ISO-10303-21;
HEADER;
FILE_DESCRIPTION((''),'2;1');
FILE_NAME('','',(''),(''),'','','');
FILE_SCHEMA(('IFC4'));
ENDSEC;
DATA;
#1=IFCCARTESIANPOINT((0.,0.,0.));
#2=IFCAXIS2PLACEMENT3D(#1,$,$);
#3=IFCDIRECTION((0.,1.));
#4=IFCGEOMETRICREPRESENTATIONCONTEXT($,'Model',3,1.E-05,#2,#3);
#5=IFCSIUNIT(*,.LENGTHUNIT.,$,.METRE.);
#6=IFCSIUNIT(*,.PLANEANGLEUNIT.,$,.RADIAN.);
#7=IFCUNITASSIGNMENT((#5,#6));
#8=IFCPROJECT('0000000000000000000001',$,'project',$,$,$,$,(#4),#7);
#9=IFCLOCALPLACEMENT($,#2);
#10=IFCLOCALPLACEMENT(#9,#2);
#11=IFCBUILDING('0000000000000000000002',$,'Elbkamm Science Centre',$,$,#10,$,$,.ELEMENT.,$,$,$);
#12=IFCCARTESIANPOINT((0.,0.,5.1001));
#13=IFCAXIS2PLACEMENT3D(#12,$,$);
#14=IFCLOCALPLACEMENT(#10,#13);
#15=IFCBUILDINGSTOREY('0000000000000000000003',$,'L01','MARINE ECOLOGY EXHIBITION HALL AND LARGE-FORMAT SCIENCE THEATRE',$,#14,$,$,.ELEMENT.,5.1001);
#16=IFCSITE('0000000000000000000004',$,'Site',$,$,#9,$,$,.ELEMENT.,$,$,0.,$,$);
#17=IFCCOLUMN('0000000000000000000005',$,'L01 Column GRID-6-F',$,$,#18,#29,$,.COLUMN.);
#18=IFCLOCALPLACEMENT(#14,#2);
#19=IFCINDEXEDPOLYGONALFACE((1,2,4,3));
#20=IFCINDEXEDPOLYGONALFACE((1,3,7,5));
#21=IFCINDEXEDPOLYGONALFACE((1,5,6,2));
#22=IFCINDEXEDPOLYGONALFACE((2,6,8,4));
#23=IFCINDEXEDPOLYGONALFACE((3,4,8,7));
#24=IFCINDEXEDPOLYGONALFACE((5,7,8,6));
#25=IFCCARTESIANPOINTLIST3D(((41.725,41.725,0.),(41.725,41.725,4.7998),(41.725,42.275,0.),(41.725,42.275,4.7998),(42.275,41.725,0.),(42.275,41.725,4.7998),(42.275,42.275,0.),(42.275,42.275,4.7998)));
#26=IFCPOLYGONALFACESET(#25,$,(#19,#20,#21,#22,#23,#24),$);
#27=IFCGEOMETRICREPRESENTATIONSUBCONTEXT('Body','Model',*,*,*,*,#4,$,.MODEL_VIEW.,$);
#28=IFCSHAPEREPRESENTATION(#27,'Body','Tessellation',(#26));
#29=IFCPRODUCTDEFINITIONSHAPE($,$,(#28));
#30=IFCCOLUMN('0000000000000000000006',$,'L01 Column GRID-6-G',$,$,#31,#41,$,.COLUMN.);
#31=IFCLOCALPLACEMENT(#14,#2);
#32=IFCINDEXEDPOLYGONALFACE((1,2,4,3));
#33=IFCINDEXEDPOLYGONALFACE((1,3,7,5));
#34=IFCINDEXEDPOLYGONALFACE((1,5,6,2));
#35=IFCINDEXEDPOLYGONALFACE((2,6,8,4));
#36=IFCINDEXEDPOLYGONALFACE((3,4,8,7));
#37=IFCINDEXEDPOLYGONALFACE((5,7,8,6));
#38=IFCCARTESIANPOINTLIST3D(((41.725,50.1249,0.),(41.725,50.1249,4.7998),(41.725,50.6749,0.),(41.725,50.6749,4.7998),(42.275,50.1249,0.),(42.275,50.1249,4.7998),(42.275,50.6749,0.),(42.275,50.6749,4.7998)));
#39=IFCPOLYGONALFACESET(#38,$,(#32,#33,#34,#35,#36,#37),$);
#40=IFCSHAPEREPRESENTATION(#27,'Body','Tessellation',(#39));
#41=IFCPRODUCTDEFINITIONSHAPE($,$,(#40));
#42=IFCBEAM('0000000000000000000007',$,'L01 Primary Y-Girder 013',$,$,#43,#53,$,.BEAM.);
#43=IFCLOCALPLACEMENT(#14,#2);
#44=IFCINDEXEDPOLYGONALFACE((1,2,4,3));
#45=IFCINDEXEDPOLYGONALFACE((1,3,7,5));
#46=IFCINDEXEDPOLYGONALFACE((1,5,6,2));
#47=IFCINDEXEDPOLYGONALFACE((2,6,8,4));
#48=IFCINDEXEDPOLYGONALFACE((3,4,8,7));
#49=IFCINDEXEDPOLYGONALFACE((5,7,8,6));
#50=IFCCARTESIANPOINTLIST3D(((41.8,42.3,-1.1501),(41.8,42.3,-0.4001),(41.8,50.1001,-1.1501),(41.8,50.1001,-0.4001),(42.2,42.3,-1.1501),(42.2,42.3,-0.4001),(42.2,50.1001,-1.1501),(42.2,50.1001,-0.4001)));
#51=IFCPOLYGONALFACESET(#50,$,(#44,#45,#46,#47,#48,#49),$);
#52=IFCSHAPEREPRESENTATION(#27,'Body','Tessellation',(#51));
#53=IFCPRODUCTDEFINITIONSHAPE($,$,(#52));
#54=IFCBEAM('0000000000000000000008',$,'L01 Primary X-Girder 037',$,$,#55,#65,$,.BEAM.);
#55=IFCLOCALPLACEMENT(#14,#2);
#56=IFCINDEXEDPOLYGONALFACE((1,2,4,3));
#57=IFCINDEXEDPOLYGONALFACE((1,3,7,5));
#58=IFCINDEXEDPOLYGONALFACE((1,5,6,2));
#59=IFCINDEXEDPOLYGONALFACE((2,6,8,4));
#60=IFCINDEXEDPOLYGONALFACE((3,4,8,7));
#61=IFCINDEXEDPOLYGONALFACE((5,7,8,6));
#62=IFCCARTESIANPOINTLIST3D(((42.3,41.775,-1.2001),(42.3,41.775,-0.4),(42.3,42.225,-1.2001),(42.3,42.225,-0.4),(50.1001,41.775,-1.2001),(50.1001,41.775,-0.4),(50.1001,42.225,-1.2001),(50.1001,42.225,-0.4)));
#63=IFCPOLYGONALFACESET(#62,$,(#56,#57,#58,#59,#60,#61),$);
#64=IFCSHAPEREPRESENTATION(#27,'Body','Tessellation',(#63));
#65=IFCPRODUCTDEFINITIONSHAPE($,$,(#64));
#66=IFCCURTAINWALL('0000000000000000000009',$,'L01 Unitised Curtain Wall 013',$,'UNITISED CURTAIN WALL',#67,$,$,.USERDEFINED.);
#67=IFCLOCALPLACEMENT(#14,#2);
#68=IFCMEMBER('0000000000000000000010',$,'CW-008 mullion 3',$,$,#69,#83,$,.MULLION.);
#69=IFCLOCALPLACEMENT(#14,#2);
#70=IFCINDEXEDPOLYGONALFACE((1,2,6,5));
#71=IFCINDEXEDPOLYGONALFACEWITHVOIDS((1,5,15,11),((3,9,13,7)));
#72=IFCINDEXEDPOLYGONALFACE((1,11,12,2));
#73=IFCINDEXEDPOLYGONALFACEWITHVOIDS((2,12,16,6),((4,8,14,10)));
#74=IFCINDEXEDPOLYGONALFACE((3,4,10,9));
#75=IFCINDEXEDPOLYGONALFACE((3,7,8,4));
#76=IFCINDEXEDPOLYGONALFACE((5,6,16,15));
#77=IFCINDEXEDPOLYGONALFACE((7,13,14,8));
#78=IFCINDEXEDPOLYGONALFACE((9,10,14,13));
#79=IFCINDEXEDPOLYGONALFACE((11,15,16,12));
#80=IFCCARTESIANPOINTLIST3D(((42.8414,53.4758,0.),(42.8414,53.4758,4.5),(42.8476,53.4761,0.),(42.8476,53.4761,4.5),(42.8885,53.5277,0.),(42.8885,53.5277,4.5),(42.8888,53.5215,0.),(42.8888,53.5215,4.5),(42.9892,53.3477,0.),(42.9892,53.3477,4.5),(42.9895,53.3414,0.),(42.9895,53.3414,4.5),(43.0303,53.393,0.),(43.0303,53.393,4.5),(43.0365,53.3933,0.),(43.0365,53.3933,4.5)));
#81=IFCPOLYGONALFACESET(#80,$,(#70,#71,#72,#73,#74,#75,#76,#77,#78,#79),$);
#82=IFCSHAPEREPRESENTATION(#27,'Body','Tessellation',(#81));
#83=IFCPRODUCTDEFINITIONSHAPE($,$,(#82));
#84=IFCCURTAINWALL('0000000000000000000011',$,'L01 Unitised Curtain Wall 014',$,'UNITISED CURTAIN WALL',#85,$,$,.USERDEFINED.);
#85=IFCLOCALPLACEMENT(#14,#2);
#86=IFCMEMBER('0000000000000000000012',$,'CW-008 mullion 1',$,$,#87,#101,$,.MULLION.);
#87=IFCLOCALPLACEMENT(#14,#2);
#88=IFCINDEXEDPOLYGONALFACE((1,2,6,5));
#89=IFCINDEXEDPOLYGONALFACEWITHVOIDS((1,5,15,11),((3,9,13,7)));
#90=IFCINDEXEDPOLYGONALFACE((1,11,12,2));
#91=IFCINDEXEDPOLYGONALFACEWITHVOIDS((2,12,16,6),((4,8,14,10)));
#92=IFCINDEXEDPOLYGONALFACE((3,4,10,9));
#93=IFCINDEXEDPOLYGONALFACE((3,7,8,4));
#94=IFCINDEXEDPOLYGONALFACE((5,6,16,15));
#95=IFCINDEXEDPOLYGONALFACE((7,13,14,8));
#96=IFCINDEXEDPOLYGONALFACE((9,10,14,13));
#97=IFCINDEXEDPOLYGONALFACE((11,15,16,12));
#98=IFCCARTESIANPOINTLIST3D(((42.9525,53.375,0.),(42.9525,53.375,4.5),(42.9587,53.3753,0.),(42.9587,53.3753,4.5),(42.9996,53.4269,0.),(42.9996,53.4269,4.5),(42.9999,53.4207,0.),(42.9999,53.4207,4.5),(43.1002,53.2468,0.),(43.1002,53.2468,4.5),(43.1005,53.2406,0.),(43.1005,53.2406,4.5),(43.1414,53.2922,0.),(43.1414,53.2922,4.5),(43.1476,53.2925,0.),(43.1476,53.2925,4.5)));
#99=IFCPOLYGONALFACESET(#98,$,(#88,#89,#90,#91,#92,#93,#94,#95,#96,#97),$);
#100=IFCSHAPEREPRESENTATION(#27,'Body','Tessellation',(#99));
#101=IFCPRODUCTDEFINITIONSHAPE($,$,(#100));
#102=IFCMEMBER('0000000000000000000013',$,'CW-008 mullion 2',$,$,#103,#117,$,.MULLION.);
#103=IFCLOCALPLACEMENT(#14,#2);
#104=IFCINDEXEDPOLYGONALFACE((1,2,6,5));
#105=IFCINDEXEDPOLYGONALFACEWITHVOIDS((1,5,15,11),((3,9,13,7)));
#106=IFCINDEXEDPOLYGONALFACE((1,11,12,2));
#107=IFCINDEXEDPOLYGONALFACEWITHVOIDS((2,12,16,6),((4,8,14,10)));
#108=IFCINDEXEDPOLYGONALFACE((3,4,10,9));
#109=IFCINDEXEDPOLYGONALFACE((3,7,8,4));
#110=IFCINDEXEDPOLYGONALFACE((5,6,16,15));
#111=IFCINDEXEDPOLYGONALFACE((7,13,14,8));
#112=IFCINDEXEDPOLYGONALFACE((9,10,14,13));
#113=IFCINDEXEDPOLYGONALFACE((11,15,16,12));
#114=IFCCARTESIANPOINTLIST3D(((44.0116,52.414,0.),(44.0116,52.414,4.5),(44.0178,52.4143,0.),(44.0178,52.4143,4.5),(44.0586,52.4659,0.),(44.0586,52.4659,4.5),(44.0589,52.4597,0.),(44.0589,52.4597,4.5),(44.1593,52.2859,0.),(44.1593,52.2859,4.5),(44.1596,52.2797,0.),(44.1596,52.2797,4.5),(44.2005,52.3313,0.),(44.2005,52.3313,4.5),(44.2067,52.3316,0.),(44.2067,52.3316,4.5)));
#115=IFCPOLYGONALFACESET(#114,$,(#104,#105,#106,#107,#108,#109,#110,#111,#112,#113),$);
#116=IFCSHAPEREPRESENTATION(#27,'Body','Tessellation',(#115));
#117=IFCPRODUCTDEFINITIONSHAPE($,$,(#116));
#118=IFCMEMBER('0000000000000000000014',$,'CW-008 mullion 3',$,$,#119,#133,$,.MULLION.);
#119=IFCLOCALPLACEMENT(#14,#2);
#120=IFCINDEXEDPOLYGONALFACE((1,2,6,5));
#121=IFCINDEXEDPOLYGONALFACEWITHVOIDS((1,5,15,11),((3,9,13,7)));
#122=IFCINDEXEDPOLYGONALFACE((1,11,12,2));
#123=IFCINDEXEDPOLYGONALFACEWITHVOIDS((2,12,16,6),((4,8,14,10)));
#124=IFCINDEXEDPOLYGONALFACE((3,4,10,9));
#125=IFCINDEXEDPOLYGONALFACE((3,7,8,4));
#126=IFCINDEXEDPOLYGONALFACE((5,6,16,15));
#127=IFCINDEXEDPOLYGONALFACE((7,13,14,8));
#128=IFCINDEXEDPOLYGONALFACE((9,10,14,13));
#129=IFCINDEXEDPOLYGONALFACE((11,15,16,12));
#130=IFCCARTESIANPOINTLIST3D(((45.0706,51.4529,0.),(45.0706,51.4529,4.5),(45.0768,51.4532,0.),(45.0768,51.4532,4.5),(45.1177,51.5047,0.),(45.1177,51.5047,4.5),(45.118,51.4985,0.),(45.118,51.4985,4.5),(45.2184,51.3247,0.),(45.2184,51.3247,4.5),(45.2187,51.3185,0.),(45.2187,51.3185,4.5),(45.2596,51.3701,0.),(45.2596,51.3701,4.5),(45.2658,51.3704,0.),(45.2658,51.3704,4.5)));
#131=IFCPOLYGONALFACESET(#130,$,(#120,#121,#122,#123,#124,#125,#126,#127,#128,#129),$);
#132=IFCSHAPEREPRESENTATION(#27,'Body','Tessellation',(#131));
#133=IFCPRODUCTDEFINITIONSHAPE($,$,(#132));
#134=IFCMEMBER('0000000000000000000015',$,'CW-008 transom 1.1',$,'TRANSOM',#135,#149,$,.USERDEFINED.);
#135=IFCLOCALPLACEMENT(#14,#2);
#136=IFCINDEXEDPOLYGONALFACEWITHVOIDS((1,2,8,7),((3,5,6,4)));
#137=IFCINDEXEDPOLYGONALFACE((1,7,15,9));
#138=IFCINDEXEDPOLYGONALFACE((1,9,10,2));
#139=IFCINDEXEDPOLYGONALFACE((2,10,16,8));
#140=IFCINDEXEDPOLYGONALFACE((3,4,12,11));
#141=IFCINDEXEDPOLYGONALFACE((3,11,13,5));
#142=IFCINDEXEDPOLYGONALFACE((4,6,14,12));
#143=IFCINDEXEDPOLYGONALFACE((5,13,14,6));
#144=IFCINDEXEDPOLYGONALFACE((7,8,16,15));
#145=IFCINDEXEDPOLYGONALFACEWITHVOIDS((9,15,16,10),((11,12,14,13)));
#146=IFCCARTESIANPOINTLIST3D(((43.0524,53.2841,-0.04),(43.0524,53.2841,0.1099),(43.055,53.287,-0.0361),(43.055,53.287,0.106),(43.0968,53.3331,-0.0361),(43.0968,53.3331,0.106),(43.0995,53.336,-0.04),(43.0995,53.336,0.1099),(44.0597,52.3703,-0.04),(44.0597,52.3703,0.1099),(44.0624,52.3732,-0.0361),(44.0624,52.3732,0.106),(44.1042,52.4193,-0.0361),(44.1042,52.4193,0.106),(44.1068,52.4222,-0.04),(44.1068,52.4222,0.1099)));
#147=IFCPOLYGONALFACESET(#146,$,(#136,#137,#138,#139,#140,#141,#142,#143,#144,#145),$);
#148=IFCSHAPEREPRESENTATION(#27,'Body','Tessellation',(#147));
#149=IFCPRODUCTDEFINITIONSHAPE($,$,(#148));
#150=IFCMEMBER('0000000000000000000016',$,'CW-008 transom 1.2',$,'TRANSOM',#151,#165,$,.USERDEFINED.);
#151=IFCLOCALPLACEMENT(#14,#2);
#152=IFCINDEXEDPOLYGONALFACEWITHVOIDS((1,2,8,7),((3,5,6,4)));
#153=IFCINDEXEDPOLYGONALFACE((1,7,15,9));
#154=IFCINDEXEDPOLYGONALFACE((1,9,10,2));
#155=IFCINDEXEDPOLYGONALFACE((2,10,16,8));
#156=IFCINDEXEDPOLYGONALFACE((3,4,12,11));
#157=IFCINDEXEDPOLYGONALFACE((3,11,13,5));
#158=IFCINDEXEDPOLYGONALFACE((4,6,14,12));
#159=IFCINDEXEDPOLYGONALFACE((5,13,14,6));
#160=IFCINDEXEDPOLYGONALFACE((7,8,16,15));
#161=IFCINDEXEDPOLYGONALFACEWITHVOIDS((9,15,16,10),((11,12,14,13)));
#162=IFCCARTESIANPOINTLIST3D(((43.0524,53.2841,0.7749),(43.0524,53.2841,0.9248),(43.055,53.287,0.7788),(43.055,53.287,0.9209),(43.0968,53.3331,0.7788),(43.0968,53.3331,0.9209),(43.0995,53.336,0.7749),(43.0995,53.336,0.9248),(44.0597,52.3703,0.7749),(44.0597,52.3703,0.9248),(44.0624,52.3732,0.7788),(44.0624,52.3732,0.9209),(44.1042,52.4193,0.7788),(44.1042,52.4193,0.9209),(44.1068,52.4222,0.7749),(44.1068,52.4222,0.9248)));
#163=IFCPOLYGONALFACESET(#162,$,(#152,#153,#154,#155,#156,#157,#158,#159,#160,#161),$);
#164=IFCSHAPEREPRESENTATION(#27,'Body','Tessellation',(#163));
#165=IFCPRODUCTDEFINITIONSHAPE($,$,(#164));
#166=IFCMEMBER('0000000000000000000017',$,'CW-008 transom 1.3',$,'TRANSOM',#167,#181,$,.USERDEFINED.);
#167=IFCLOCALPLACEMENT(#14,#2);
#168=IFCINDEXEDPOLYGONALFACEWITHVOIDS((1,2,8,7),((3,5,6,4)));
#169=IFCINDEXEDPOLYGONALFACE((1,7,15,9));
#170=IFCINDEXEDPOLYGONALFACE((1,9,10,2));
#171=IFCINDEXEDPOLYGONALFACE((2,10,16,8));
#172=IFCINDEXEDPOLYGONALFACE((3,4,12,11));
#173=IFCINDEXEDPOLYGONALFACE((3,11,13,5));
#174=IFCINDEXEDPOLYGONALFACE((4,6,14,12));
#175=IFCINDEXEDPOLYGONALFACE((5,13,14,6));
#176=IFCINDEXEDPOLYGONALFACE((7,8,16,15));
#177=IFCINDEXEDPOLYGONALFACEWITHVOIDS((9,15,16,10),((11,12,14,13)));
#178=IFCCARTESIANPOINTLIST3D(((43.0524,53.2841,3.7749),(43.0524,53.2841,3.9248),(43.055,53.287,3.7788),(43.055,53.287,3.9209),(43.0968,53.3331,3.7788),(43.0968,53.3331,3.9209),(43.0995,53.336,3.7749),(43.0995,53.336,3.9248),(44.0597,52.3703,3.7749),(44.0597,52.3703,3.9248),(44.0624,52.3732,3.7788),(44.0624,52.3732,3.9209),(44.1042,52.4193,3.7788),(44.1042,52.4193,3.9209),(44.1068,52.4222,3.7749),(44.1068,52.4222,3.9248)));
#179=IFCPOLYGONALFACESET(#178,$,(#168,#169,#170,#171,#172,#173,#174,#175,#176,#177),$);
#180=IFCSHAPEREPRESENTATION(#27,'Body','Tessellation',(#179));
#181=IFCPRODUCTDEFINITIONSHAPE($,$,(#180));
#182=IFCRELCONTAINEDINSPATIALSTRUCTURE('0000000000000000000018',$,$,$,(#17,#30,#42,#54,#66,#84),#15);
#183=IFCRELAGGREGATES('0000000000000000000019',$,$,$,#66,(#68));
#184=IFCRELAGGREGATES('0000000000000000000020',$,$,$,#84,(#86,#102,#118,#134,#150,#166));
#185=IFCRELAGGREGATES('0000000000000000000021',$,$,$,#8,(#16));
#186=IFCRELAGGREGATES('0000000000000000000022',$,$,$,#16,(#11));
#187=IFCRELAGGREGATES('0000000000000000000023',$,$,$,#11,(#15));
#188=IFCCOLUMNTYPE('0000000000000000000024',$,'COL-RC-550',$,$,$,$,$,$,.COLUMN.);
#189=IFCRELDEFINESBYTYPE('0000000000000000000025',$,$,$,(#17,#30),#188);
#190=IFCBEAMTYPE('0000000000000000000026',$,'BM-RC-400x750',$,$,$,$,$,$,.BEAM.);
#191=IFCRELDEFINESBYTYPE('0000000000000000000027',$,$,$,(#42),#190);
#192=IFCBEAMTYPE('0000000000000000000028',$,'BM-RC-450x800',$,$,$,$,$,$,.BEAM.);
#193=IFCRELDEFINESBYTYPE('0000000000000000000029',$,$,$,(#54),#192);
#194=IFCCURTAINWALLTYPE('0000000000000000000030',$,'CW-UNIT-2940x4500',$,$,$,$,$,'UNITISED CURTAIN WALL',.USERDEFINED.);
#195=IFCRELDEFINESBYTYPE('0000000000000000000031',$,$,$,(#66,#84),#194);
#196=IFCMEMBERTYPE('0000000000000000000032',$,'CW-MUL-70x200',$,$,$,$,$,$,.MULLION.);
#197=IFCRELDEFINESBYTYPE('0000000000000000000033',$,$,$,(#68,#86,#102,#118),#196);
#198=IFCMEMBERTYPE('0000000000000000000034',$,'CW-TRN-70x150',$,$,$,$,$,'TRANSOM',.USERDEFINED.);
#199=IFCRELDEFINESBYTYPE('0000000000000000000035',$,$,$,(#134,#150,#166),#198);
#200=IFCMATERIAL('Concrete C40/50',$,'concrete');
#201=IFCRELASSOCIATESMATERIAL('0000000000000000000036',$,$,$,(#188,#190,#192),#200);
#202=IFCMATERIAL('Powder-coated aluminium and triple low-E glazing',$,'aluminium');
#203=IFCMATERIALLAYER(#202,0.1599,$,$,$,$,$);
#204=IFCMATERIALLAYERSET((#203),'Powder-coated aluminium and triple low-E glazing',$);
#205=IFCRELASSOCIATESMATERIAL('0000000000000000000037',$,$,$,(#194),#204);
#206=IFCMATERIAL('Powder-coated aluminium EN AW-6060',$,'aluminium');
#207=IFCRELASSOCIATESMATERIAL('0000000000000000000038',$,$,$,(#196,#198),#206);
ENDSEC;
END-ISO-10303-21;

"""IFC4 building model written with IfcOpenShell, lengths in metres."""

from ifc_helpers import new_model, si_unit, direction, frame, origin, origin_2d, place, context, subcontext, project, spatial, rectangle, hollow_rectangle, extrude, material, layer, layer_set, material_profile, profile_set, type_object, element, aggregate, save


model = new_model("IFC4")

# Units and contexts
model_context = context("Model", 3, precision=1e-05, world=origin(), true_north=direction((0.0, 1.0)))
body_context = subcontext(model_context, "Body", "Model", "MODEL_VIEW")
ifc_project = project(units=[si_unit("LENGTHUNIT", "METRE"), si_unit("PLANEANGLEUNIT", "RADIAN")], contexts=[model_context])

# Site, building, storey
site_placement = place(None, origin())
site = spatial("IfcSite", under=ifc_project, at=site_placement, Name="Site", CompositionType="ELEMENT", RefElevation=0.0)
building_placement = place(site_placement, origin())
building = spatial("IfcBuilding", under=site, at=building_placement, Name="Elbkamm Science Centre", CompositionType="ELEMENT")
storey_placement = place(building_placement, frame((0.0, 0.0, 5.1001)))
storey = spatial("IfcBuildingStorey", under=building, at=storey_placement, Name="L01", Description="MARINE ECOLOGY EXHIBITION HALL AND LARGE-FORMAT SCIENCE THEATRE", CompositionType="ELEMENT", Elevation=5.1001)

# Columns
ifc_material_1 = material(Name="Concrete C40/50", Category="concrete")
ifc_material_profile_1 = material_profile(ifc_material_1, rectangle(XDim=0.55, YDim=0.55, at=origin_2d()), Name="RC 550x550")
ifc_profile_set_1 = profile_set([ifc_material_profile_1], Name="Concrete C40/50")
column_type = type_object("IfcColumnType", Name="COL-RC-550", PredefinedType="COLUMN", material=ifc_profile_set_1)
for number, where, z_axis, x_axis, name in (
    (1, (42.0, 42.0, 0.0), (0.0, 0.0, 1.0), (1.0, 0.0, 0.0), "L01 Column GRID-6-F"),
    (2, (42.0, 50.3999, 0.0), (0.0, 0.0, 1.0), (1.0, 0.0, 0.0), "L01 Column GRID-6-G"),
):
    element("IfcColumn", number, at=place(storey_placement, frame(where, z_axis=z_axis, x_axis=x_axis)), inside=storey, type_object=column_type, Name=name, PredefinedType="COLUMN", context=body_context, shape_type="SweptSolid", body=[
        extrude(rectangle(XDim=0.55, YDim=0.55, at=origin_2d()), origin(), (0.0, 0.0, 1.0), 4.7998),
    ])

# Beams
ifc_material_profile_2 = material_profile(ifc_material_1, rectangle(XDim=0.3999, YDim=0.75, at=origin_2d()), Name="RC 400x750")
ifc_profile_set_2 = profile_set([ifc_material_profile_2], Name="Concrete C40/50")
beam_type_1 = type_object("IfcBeamType", Name="BM-RC-400x750", PredefinedType="BEAM", material=ifc_profile_set_2)
beam_1_placement = place(storey_placement, frame((42.0, 42.3, -0.7751), z_axis=(0.0, 1.0, 0.0), x_axis=(-1.0, 0.0, 0.0)))
element("IfcBeam", 3, at=beam_1_placement, inside=storey, type_object=beam_type_1, Name="L01 Primary Y-Girder 013", PredefinedType="BEAM", context=body_context, shape_type="SweptSolid", body=[
    extrude(rectangle(XDim=0.3999, YDim=0.75, at=origin_2d()), origin(), (0.0, 0.0, 1.0), 7.8),
])
ifc_material_profile_3 = material_profile(ifc_material_1, rectangle(XDim=0.45, YDim=0.8, at=origin_2d()), Name="RC 450x800")
ifc_profile_set_3 = profile_set([ifc_material_profile_3], Name="Concrete C40/50")
beam_type_2 = type_object("IfcBeamType", Name="BM-RC-450x800", PredefinedType="BEAM", material=ifc_profile_set_3)
beam_2_placement = place(storey_placement, frame((42.3, 42.0, -0.8), z_axis=(1.0, 0.0, 0.0), x_axis=(0.0, 1.0, 0.0)))
element("IfcBeam", 4, at=beam_2_placement, inside=storey, type_object=beam_type_2, Name="L01 Primary X-Girder 037", PredefinedType="BEAM", context=body_context, shape_type="SweptSolid", body=[
    extrude(rectangle(XDim=0.45, YDim=0.8, at=origin_2d()), origin(), (0.0, 0.0, 1.0), 7.8),
])

# Curtain wall, member
ifc_material_2 = material(Name="Powder-coated aluminium and triple low-E glazing", Category="aluminium")
ifc_layer_1 = layer(ifc_material_2, 0.1599)
ifc_layer_set_1 = layer_set([ifc_layer_1], Name="Powder-coated aluminium and triple low-E glazing")
curtain_wall_type = type_object("IfcCurtainWallType", Name="CW-UNIT-2940x4500", ElementType="UNITISED CURTAIN WALL", PredefinedType="USERDEFINED", material=ifc_layer_set_1)
curtain_wall_1_placement = place(storey_placement, origin())
curtain_wall_1 = element("IfcCurtainWall", 5, at=curtain_wall_1_placement, inside=storey, type_object=curtain_wall_type, Name="L01 Unitised Curtain Wall 013", ObjectType="UNITISED CURTAIN WALL", PredefinedType="USERDEFINED")
ifc_material_3 = material(Name="Powder-coated aluminium EN AW-6060", Category="aluminium")
ifc_material_profile_4 = material_profile(ifc_material_3, hollow_rectangle(XDim=0.0701, YDim=0.2, WallThickness=0.0044, at=origin_2d()), Name="ALU M70x200")
ifc_profile_set_4 = profile_set([ifc_material_profile_4], Name="Powder-coated aluminium EN AW-6060")
member_type_1 = type_object("IfcMemberType", Name="CW-MUL-70x200", PredefinedType="MULLION", material=ifc_profile_set_4)
member_1_placement = place(storey_placement, frame((42.939, 53.4346, 0.0), z_axis=(0.0, 0.0, 1.0), x_axis=(0.671993, 0.740557, 0.0)))
member_1 = element("IfcMember", 6, at=member_1_placement, type_object=member_type_1, Name="CW-008 mullion 3", PredefinedType="MULLION", context=body_context, shape_type="SweptSolid", body=[
    extrude(hollow_rectangle(XDim=0.0701, YDim=0.2, WallThickness=0.0044, at=origin_2d()), origin(), (0.0, 0.0, 1.0), 4.5),
])
aggregate(curtain_wall_1, [member_1])

# Curtain wall, members
curtain_wall_2_placement = place(storey_placement, origin())
curtain_wall_2 = element("IfcCurtainWall", 7, at=curtain_wall_2_placement, inside=storey, type_object=curtain_wall_type, Name="L01 Unitised Curtain Wall 014", ObjectType="UNITISED CURTAIN WALL", PredefinedType="USERDEFINED")
member_2_placement = place(storey_placement, frame((43.05, 53.3337, 0.0), z_axis=(0.0, 0.0, 1.0), x_axis=(0.671993, 0.740557, 0.0)))
member_2 = element("IfcMember", 8, at=member_2_placement, type_object=member_type_1, Name="CW-008 mullion 1", PredefinedType="MULLION", context=body_context, shape_type="SweptSolid", body=[
    extrude(hollow_rectangle(XDim=0.0701, YDim=0.2, WallThickness=0.0044, at=origin_2d()), origin(), (0.0, 0.0, 1.0), 4.5),
])
member_3_placement = place(storey_placement, frame((44.1091, 52.3728, 0.0), z_axis=(0.0, 0.0, 1.0), x_axis=(0.671993, 0.740557, 0.0)))
member_3 = element("IfcMember", 9, at=member_3_placement, type_object=member_type_1, Name="CW-008 mullion 2", PredefinedType="MULLION", context=body_context, shape_type="SweptSolid", body=[
    extrude(hollow_rectangle(XDim=0.0701, YDim=0.2, WallThickness=0.0044, at=origin_2d()), origin(), (0.0, 0.0, 1.0), 4.5),
])
member_4_placement = place(storey_placement, frame((45.1682, 51.4116, 0.0), z_axis=(0.0, 0.0, 1.0), x_axis=(0.671993, 0.740557, 0.0)))
member_4 = element("IfcMember", 10, at=member_4_placement, type_object=member_type_1, Name="CW-008 mullion 3", PredefinedType="MULLION", context=body_context, shape_type="SweptSolid", body=[
    extrude(hollow_rectangle(XDim=0.0701, YDim=0.2, WallThickness=0.0044, at=origin_2d()), origin(), (0.0, 0.0, 1.0), 4.5),
])
ifc_material_profile_5 = material_profile(ifc_material_3, hollow_rectangle(XDim=0.0701, YDim=0.1499, WallThickness=0.0039, at=origin_2d()), Name="ALU T70x150")
ifc_profile_set_5 = profile_set([ifc_material_profile_5], Name="Powder-coated aluminium EN AW-6060")
member_type_2 = type_object("IfcMemberType", Name="CW-TRN-70x150", ElementType="TRANSOM", PredefinedType="USERDEFINED", material=ifc_profile_set_5)
member_5_placement = place(storey_placement, frame((43.0759, 53.3101, 0.0349), z_axis=(0.740646, -0.671895, 0.0), x_axis=(0.671895, 0.740646, 0.0)))
member_5 = element("IfcMember", 11, at=member_5_placement, type_object=member_type_2, Name="CW-008 transom 1.1", ObjectType="TRANSOM", PredefinedType="USERDEFINED", context=body_context, shape_type="SweptSolid", body=[
    extrude(hollow_rectangle(XDim=0.0701, YDim=0.1499, WallThickness=0.0039, at=origin_2d()), origin(), (0.0, 0.0, 1.0), 1.3601),
])
member_6_placement = place(storey_placement, frame((43.0759, 53.3101, 0.8499), z_axis=(0.740646, -0.671895, 0.0), x_axis=(0.671895, 0.740646, 0.0)))
member_6 = element("IfcMember", 12, at=member_6_placement, type_object=member_type_2, Name="CW-008 transom 1.2", ObjectType="TRANSOM", PredefinedType="USERDEFINED", context=body_context, shape_type="SweptSolid", body=[
    extrude(hollow_rectangle(XDim=0.0701, YDim=0.1499, WallThickness=0.0039, at=origin_2d()), origin(), (0.0, 0.0, 1.0), 1.3601),
])
member_7_placement = place(storey_placement, frame((43.0759, 53.3101, 3.8499), z_axis=(0.740646, -0.671895, 0.0), x_axis=(0.671895, 0.740646, 0.0)))
member_7 = element("IfcMember", 13, at=member_7_placement, type_object=member_type_2, Name="CW-008 transom 1.3", ObjectType="TRANSOM", PredefinedType="USERDEFINED", context=body_context, shape_type="SweptSolid", body=[
    extrude(hollow_rectangle(XDim=0.0701, YDim=0.1499, WallThickness=0.0039, at=origin_2d()), origin(), (0.0, 0.0, 1.0), 1.3601),
])
aggregate(curtain_wall_2, [member_2, member_3, member_4, member_5, member_6, member_7])

save(model, "model.ifc")
